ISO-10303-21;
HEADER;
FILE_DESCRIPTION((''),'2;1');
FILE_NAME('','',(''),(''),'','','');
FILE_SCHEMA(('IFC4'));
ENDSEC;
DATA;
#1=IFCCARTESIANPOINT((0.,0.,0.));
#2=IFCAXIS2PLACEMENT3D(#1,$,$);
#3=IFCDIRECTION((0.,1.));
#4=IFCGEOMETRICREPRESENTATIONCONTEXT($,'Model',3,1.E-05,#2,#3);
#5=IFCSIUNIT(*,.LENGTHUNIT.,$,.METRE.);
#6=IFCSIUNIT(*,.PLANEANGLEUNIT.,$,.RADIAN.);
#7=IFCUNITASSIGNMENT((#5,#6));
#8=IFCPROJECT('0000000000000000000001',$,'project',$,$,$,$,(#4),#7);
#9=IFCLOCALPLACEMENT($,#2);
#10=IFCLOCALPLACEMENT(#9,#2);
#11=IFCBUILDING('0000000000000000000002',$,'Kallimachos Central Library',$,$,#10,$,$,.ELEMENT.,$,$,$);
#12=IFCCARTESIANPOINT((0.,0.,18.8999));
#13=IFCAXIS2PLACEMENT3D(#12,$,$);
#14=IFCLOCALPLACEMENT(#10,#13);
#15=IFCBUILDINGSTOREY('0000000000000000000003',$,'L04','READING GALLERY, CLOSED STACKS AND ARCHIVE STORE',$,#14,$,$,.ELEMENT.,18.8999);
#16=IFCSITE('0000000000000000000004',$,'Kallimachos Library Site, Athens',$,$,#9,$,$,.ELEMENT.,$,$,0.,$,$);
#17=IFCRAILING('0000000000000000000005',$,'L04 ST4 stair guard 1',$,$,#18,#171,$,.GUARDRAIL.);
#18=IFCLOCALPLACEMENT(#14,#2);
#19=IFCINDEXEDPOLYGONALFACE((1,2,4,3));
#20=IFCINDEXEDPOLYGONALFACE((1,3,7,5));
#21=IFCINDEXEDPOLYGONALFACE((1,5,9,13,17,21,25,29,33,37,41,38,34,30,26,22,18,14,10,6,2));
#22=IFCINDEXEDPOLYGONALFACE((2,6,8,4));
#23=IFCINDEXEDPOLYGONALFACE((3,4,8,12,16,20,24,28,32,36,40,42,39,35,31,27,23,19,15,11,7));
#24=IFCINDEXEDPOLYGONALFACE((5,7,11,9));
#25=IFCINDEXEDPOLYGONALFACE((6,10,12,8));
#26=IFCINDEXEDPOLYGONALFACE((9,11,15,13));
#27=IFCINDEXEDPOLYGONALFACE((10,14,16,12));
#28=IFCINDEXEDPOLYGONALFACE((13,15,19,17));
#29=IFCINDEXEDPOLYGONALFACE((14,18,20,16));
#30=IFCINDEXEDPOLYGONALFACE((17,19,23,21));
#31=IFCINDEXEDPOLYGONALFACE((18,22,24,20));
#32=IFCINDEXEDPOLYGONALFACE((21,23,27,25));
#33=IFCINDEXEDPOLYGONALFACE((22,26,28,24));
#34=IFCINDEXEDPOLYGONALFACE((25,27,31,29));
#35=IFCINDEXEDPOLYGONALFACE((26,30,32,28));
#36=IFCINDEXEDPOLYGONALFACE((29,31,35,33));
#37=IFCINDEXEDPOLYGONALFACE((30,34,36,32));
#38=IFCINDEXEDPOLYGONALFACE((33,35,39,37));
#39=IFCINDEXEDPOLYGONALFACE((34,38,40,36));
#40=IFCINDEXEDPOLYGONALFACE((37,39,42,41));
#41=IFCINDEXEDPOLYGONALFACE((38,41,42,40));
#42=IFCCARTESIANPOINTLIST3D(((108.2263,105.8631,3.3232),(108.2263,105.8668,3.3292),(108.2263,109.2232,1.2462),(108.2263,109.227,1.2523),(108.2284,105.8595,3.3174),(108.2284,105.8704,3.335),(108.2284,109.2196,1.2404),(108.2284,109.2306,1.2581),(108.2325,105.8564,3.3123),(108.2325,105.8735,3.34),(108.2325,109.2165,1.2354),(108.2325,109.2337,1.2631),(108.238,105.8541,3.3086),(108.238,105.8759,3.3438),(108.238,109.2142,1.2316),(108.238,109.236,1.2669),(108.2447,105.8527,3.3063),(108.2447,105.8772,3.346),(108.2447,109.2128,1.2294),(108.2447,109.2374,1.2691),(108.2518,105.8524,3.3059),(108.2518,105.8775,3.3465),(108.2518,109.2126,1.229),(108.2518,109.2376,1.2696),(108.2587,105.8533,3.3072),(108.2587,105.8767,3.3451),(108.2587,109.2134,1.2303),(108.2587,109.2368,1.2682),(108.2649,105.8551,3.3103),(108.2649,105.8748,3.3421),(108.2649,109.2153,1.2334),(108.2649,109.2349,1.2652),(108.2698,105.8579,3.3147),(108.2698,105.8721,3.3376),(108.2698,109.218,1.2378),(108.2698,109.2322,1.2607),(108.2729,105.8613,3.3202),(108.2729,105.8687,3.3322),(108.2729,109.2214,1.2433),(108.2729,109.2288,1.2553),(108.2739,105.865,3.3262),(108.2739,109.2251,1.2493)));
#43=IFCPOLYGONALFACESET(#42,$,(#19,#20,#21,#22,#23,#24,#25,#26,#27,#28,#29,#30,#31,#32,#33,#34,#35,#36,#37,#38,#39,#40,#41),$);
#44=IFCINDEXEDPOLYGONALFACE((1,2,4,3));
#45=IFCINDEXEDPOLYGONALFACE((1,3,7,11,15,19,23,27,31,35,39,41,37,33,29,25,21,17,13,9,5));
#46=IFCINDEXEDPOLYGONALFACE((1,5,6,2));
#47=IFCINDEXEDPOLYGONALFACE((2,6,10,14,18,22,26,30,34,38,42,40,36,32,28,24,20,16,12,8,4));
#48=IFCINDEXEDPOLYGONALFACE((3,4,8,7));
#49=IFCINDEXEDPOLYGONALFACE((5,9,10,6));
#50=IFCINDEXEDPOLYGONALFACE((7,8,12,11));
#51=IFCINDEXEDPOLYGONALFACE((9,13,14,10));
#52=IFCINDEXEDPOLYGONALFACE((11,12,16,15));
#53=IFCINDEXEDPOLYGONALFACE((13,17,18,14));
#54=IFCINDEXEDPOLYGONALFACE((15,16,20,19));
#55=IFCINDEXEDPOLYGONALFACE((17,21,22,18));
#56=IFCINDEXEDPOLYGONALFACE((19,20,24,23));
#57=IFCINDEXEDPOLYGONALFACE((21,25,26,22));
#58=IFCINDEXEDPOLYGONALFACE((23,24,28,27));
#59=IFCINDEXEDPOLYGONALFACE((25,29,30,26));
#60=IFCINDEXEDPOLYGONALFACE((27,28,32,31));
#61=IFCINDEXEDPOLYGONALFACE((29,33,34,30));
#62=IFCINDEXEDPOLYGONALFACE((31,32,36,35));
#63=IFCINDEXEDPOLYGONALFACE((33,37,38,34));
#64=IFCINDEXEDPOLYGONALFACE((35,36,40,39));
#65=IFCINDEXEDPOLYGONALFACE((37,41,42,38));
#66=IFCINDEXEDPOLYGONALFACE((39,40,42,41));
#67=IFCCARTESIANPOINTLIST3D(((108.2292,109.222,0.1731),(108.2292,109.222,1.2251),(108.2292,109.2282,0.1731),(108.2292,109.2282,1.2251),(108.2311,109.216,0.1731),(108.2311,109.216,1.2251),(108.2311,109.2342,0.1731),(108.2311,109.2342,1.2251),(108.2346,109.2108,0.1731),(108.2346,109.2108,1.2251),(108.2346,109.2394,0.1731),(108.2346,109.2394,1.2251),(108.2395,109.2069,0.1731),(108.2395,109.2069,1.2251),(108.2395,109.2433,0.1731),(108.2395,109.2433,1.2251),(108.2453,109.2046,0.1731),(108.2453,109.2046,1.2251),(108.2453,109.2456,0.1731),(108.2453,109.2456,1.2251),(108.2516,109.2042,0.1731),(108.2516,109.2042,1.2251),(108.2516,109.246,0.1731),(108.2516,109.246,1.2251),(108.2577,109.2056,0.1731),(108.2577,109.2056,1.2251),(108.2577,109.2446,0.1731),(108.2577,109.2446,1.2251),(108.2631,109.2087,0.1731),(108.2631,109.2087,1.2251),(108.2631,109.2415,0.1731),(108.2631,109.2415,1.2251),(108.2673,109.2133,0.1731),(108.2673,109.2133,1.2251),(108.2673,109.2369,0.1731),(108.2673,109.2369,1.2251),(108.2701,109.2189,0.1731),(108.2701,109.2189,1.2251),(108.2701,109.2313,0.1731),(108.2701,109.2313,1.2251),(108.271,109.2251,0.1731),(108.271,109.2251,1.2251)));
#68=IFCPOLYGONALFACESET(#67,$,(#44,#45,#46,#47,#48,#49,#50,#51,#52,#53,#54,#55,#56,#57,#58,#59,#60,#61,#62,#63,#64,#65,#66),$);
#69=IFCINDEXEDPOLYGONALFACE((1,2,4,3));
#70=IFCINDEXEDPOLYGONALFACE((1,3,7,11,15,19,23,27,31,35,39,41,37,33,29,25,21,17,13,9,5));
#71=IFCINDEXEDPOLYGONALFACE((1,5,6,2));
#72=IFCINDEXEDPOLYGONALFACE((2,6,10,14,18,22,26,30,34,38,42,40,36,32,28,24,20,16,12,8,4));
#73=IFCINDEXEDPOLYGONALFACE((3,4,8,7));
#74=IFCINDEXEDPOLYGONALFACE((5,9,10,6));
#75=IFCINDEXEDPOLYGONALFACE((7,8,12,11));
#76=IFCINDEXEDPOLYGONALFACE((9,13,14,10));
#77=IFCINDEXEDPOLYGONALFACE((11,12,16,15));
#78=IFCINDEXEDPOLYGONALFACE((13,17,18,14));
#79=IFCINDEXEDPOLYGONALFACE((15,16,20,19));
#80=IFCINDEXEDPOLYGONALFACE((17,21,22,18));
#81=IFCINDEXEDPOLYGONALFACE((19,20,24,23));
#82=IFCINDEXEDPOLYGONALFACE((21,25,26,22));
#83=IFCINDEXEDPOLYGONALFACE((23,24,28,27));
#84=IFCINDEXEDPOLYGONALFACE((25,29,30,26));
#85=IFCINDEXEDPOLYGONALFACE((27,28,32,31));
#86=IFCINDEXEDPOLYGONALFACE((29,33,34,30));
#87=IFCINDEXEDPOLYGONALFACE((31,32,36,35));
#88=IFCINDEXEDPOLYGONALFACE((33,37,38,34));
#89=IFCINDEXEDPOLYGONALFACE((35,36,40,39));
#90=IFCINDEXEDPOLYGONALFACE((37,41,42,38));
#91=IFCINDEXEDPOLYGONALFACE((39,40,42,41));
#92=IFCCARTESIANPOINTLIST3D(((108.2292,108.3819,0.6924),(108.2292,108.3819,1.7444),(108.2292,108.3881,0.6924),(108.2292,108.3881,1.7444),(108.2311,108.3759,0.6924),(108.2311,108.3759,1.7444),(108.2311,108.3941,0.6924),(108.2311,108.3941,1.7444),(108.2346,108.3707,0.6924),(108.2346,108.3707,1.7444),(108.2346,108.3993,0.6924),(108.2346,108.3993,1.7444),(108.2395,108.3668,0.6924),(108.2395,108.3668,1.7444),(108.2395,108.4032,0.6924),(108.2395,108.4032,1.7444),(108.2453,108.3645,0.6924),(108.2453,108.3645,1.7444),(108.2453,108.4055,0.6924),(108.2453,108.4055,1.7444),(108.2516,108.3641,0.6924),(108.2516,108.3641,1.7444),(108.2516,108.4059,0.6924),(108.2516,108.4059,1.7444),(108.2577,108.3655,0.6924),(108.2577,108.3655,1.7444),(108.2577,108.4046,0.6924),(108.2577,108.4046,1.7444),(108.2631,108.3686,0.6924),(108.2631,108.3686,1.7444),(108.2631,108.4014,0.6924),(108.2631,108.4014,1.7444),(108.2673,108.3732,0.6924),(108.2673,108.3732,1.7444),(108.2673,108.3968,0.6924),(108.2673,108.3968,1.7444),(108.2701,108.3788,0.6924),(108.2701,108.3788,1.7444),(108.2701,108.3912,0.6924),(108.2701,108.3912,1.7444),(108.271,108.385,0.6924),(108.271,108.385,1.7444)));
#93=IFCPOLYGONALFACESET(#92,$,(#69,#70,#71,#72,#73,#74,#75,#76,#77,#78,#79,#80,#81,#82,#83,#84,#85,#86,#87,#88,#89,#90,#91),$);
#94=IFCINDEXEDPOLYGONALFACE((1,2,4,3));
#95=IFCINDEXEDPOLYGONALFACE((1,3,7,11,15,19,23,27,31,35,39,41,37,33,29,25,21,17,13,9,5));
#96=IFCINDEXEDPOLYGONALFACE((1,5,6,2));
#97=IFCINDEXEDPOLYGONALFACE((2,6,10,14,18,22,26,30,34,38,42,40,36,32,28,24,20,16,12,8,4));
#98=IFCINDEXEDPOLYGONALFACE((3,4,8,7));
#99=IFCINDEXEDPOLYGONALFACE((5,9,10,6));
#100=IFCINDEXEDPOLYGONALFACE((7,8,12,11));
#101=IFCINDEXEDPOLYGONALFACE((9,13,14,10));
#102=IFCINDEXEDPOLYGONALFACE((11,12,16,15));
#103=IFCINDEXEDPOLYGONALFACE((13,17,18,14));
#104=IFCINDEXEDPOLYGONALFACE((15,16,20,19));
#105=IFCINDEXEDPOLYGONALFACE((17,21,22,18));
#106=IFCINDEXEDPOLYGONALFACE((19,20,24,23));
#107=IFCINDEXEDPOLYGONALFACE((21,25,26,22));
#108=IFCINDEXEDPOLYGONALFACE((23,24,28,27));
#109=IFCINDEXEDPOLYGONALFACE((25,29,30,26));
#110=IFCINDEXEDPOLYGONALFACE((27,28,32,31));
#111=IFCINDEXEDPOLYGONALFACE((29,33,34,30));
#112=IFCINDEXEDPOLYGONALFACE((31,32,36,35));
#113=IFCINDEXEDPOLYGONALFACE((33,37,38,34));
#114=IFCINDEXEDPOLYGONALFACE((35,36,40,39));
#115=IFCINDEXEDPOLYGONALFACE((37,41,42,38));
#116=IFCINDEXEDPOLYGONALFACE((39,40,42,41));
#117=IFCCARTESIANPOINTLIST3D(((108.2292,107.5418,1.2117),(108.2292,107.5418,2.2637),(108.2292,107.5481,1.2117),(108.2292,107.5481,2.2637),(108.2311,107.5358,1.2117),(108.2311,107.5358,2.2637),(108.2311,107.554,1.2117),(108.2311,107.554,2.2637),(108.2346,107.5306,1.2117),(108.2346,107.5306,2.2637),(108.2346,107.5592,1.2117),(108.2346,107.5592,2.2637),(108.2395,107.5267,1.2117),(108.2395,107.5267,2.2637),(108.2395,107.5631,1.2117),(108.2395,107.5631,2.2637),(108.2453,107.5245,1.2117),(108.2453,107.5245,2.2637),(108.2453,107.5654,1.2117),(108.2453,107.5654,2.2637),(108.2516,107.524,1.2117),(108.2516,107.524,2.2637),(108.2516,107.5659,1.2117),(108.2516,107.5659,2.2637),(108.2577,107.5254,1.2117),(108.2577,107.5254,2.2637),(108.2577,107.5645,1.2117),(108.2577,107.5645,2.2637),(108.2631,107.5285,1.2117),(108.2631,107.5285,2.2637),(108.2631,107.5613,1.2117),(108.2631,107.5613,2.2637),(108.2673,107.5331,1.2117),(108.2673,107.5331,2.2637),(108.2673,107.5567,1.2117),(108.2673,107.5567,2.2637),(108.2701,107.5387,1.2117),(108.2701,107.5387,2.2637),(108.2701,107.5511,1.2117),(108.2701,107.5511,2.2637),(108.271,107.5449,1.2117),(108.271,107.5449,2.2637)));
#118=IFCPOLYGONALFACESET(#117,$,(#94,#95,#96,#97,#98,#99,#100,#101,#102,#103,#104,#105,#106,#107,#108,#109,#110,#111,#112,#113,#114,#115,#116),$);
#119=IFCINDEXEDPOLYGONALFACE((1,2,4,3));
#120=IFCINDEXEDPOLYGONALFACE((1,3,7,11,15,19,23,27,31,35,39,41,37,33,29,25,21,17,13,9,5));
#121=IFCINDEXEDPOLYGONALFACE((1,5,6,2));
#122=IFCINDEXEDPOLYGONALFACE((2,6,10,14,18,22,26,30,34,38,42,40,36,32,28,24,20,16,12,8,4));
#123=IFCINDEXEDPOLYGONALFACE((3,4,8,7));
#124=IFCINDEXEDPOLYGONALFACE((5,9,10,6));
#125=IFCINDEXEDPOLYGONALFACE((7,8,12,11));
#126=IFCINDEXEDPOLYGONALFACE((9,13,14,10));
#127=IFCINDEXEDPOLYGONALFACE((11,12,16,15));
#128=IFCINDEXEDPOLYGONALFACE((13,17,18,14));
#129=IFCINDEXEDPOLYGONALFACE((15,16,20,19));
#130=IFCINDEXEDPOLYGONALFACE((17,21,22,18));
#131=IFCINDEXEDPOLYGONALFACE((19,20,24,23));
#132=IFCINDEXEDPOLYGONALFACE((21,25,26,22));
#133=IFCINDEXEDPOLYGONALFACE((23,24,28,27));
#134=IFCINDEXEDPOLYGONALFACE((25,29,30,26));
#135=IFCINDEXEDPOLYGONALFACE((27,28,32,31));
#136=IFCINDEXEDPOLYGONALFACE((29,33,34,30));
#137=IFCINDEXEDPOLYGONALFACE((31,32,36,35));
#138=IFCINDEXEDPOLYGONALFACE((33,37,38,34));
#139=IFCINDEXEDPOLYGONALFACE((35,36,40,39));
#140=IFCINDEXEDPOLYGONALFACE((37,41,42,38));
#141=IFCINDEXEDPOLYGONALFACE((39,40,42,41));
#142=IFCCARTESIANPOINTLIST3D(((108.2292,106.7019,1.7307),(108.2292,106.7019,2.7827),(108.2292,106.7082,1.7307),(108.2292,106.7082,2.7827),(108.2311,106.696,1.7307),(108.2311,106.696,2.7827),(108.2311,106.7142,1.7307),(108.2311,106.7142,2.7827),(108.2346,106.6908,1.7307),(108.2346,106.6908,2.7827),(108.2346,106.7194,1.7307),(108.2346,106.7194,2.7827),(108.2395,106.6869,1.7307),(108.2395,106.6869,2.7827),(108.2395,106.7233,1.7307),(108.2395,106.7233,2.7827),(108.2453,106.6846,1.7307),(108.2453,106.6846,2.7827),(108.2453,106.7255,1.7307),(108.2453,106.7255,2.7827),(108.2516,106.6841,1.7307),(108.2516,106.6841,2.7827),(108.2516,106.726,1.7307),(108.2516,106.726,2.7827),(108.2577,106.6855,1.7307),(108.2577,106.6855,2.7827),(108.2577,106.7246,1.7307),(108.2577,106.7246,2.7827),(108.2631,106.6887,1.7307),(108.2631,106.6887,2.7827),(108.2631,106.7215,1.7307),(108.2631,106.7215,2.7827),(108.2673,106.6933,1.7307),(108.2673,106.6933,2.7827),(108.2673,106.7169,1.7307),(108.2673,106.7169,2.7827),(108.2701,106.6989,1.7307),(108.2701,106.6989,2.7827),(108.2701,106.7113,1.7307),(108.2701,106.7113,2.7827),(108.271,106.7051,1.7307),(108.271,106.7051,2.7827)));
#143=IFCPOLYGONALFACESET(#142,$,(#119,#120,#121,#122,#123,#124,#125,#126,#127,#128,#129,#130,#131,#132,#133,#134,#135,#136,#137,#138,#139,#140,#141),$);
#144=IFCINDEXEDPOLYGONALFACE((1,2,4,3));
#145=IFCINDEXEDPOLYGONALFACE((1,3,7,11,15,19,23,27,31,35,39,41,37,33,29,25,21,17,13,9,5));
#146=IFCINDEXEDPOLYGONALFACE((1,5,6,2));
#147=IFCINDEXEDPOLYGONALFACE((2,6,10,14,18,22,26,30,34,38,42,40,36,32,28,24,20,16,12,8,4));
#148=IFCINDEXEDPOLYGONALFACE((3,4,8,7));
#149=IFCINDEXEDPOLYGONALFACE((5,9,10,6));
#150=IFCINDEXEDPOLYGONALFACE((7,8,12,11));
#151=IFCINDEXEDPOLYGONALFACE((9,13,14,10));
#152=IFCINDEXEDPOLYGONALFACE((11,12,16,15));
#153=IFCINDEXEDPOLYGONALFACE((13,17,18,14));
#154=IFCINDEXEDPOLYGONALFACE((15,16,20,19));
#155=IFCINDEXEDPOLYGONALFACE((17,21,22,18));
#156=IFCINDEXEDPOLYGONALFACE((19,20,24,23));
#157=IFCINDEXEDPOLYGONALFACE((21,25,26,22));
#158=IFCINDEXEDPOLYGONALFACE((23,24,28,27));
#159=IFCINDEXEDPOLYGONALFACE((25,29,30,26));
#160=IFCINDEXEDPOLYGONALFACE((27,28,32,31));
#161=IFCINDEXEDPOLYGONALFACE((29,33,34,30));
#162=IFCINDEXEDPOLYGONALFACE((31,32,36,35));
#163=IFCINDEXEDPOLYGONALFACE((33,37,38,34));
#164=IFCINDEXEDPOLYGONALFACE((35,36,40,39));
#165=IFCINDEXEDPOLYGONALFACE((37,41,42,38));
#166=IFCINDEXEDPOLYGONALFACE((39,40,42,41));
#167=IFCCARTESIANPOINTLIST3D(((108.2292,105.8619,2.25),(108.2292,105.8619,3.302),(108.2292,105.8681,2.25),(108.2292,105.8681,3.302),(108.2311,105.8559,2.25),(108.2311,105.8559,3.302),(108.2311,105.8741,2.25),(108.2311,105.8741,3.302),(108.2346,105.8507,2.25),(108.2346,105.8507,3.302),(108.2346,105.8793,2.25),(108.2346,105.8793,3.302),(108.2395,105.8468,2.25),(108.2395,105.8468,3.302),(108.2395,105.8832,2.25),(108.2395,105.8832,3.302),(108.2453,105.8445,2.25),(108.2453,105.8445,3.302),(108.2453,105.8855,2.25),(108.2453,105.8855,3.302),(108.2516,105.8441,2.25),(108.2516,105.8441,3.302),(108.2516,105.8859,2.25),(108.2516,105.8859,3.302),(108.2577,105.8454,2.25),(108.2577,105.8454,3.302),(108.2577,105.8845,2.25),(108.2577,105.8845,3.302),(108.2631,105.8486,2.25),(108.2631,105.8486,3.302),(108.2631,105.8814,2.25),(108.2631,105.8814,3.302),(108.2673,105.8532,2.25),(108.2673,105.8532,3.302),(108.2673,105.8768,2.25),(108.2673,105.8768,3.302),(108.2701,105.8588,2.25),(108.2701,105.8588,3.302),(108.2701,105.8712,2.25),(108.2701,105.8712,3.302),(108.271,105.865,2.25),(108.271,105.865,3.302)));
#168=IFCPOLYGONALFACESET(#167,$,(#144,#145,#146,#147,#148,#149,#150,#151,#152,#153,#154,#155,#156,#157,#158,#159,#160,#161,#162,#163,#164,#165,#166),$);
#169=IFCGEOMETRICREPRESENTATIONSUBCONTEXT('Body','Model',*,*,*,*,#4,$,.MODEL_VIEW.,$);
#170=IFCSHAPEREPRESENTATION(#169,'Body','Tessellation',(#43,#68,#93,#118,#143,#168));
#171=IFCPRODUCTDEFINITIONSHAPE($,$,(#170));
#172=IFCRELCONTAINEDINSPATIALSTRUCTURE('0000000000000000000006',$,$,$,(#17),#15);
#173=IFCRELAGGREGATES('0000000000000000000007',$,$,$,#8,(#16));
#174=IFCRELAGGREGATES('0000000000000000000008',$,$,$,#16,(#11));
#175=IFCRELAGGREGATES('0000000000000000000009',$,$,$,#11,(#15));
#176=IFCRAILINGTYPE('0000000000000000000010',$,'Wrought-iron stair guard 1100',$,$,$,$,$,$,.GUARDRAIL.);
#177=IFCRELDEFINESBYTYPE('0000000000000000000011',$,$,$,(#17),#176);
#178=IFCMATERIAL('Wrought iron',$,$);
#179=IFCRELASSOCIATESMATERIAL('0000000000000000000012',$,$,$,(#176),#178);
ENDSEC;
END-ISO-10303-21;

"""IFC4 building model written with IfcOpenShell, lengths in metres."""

from ifc_helpers import new_model, si_unit, direction, frame, origin, origin_2d, place, context, subcontext, project, spatial, circle, extrude, material, type_object, element, save


model = new_model("IFC4")

# Units and contexts
model_context = context("Model", 3, precision=1e-05, world=origin(), true_north=direction((0.0, 1.0)))
body_context = subcontext(model_context, "Body", "Model", "MODEL_VIEW")
ifc_project = project(units=[si_unit("LENGTHUNIT", "METRE"), si_unit("PLANEANGLEUNIT", "RADIAN")], contexts=[model_context])

# Site, building, storey
site_placement = place(None, origin())
site = spatial("IfcSite", under=ifc_project, at=site_placement, Name="Kallimachos Library Site, Athens", CompositionType="ELEMENT", RefElevation=0.0)
building_placement = place(site_placement, origin())
building = spatial("IfcBuilding", under=site, at=building_placement, Name="Kallimachos Central Library", CompositionType="ELEMENT")
storey_placement = place(building_placement, frame((0.0, 0.0, 18.8999)))
storey = spatial("IfcBuildingStorey", under=building, at=storey_placement, Name="L04", Description="READING GALLERY, CLOSED STACKS AND ARCHIVE STORE", CompositionType="ELEMENT", Elevation=18.8999)

# Railing
ifc_material_1 = material(Name="Wrought iron")
railing_type_1 = type_object("IfcRailingType", Name="Wrought-iron stair guard 1100", PredefinedType="GUARDRAIL", material=ifc_material_1)
railing_1_placement = place(storey_placement, frame((108.25, 109.2251, 0.1731)))
element("IfcRailing", 1, at=railing_1_placement, inside=storey, type_object=railing_type_1, Name="L04 ST4 stair guard 1", PredefinedType="GUARDRAIL", context=body_context, shape_type="SweptSolid", body=[
    extrude(circle(Radius=0.0239, at=origin_2d()), frame((0.0, 0.0, 1.0762), z_axis=(0.0, -0.850623, 0.525776), x_axis=(1.0, 0.0, 0.0)), (0.0, 0.0, 1.0), 3.9502),
    extrude(circle(Radius=0.021, at=origin_2d()), origin(), (0.0, 0.0, 1.0), 1.052),
    extrude(circle(Radius=0.021, at=origin_2d()), frame((0.0, -0.8401, 0.5193)), (0.0, 0.0, 1.0), 1.052),
    extrude(circle(Radius=0.021, at=origin_2d()), frame((0.0, -1.6802, 1.0386)), (0.0, 0.0, 1.0), 1.052),
    extrude(circle(Radius=0.021, at=origin_2d()), frame((0.0, -2.52, 1.5576)), (0.0, 0.0, 1.0), 1.052),
    extrude(circle(Radius=0.021, at=origin_2d()), frame((0.0, -3.3601, 2.0769)), (0.0, 0.0, 1.0), 1.052),
])

save(model, "model.ifc")
